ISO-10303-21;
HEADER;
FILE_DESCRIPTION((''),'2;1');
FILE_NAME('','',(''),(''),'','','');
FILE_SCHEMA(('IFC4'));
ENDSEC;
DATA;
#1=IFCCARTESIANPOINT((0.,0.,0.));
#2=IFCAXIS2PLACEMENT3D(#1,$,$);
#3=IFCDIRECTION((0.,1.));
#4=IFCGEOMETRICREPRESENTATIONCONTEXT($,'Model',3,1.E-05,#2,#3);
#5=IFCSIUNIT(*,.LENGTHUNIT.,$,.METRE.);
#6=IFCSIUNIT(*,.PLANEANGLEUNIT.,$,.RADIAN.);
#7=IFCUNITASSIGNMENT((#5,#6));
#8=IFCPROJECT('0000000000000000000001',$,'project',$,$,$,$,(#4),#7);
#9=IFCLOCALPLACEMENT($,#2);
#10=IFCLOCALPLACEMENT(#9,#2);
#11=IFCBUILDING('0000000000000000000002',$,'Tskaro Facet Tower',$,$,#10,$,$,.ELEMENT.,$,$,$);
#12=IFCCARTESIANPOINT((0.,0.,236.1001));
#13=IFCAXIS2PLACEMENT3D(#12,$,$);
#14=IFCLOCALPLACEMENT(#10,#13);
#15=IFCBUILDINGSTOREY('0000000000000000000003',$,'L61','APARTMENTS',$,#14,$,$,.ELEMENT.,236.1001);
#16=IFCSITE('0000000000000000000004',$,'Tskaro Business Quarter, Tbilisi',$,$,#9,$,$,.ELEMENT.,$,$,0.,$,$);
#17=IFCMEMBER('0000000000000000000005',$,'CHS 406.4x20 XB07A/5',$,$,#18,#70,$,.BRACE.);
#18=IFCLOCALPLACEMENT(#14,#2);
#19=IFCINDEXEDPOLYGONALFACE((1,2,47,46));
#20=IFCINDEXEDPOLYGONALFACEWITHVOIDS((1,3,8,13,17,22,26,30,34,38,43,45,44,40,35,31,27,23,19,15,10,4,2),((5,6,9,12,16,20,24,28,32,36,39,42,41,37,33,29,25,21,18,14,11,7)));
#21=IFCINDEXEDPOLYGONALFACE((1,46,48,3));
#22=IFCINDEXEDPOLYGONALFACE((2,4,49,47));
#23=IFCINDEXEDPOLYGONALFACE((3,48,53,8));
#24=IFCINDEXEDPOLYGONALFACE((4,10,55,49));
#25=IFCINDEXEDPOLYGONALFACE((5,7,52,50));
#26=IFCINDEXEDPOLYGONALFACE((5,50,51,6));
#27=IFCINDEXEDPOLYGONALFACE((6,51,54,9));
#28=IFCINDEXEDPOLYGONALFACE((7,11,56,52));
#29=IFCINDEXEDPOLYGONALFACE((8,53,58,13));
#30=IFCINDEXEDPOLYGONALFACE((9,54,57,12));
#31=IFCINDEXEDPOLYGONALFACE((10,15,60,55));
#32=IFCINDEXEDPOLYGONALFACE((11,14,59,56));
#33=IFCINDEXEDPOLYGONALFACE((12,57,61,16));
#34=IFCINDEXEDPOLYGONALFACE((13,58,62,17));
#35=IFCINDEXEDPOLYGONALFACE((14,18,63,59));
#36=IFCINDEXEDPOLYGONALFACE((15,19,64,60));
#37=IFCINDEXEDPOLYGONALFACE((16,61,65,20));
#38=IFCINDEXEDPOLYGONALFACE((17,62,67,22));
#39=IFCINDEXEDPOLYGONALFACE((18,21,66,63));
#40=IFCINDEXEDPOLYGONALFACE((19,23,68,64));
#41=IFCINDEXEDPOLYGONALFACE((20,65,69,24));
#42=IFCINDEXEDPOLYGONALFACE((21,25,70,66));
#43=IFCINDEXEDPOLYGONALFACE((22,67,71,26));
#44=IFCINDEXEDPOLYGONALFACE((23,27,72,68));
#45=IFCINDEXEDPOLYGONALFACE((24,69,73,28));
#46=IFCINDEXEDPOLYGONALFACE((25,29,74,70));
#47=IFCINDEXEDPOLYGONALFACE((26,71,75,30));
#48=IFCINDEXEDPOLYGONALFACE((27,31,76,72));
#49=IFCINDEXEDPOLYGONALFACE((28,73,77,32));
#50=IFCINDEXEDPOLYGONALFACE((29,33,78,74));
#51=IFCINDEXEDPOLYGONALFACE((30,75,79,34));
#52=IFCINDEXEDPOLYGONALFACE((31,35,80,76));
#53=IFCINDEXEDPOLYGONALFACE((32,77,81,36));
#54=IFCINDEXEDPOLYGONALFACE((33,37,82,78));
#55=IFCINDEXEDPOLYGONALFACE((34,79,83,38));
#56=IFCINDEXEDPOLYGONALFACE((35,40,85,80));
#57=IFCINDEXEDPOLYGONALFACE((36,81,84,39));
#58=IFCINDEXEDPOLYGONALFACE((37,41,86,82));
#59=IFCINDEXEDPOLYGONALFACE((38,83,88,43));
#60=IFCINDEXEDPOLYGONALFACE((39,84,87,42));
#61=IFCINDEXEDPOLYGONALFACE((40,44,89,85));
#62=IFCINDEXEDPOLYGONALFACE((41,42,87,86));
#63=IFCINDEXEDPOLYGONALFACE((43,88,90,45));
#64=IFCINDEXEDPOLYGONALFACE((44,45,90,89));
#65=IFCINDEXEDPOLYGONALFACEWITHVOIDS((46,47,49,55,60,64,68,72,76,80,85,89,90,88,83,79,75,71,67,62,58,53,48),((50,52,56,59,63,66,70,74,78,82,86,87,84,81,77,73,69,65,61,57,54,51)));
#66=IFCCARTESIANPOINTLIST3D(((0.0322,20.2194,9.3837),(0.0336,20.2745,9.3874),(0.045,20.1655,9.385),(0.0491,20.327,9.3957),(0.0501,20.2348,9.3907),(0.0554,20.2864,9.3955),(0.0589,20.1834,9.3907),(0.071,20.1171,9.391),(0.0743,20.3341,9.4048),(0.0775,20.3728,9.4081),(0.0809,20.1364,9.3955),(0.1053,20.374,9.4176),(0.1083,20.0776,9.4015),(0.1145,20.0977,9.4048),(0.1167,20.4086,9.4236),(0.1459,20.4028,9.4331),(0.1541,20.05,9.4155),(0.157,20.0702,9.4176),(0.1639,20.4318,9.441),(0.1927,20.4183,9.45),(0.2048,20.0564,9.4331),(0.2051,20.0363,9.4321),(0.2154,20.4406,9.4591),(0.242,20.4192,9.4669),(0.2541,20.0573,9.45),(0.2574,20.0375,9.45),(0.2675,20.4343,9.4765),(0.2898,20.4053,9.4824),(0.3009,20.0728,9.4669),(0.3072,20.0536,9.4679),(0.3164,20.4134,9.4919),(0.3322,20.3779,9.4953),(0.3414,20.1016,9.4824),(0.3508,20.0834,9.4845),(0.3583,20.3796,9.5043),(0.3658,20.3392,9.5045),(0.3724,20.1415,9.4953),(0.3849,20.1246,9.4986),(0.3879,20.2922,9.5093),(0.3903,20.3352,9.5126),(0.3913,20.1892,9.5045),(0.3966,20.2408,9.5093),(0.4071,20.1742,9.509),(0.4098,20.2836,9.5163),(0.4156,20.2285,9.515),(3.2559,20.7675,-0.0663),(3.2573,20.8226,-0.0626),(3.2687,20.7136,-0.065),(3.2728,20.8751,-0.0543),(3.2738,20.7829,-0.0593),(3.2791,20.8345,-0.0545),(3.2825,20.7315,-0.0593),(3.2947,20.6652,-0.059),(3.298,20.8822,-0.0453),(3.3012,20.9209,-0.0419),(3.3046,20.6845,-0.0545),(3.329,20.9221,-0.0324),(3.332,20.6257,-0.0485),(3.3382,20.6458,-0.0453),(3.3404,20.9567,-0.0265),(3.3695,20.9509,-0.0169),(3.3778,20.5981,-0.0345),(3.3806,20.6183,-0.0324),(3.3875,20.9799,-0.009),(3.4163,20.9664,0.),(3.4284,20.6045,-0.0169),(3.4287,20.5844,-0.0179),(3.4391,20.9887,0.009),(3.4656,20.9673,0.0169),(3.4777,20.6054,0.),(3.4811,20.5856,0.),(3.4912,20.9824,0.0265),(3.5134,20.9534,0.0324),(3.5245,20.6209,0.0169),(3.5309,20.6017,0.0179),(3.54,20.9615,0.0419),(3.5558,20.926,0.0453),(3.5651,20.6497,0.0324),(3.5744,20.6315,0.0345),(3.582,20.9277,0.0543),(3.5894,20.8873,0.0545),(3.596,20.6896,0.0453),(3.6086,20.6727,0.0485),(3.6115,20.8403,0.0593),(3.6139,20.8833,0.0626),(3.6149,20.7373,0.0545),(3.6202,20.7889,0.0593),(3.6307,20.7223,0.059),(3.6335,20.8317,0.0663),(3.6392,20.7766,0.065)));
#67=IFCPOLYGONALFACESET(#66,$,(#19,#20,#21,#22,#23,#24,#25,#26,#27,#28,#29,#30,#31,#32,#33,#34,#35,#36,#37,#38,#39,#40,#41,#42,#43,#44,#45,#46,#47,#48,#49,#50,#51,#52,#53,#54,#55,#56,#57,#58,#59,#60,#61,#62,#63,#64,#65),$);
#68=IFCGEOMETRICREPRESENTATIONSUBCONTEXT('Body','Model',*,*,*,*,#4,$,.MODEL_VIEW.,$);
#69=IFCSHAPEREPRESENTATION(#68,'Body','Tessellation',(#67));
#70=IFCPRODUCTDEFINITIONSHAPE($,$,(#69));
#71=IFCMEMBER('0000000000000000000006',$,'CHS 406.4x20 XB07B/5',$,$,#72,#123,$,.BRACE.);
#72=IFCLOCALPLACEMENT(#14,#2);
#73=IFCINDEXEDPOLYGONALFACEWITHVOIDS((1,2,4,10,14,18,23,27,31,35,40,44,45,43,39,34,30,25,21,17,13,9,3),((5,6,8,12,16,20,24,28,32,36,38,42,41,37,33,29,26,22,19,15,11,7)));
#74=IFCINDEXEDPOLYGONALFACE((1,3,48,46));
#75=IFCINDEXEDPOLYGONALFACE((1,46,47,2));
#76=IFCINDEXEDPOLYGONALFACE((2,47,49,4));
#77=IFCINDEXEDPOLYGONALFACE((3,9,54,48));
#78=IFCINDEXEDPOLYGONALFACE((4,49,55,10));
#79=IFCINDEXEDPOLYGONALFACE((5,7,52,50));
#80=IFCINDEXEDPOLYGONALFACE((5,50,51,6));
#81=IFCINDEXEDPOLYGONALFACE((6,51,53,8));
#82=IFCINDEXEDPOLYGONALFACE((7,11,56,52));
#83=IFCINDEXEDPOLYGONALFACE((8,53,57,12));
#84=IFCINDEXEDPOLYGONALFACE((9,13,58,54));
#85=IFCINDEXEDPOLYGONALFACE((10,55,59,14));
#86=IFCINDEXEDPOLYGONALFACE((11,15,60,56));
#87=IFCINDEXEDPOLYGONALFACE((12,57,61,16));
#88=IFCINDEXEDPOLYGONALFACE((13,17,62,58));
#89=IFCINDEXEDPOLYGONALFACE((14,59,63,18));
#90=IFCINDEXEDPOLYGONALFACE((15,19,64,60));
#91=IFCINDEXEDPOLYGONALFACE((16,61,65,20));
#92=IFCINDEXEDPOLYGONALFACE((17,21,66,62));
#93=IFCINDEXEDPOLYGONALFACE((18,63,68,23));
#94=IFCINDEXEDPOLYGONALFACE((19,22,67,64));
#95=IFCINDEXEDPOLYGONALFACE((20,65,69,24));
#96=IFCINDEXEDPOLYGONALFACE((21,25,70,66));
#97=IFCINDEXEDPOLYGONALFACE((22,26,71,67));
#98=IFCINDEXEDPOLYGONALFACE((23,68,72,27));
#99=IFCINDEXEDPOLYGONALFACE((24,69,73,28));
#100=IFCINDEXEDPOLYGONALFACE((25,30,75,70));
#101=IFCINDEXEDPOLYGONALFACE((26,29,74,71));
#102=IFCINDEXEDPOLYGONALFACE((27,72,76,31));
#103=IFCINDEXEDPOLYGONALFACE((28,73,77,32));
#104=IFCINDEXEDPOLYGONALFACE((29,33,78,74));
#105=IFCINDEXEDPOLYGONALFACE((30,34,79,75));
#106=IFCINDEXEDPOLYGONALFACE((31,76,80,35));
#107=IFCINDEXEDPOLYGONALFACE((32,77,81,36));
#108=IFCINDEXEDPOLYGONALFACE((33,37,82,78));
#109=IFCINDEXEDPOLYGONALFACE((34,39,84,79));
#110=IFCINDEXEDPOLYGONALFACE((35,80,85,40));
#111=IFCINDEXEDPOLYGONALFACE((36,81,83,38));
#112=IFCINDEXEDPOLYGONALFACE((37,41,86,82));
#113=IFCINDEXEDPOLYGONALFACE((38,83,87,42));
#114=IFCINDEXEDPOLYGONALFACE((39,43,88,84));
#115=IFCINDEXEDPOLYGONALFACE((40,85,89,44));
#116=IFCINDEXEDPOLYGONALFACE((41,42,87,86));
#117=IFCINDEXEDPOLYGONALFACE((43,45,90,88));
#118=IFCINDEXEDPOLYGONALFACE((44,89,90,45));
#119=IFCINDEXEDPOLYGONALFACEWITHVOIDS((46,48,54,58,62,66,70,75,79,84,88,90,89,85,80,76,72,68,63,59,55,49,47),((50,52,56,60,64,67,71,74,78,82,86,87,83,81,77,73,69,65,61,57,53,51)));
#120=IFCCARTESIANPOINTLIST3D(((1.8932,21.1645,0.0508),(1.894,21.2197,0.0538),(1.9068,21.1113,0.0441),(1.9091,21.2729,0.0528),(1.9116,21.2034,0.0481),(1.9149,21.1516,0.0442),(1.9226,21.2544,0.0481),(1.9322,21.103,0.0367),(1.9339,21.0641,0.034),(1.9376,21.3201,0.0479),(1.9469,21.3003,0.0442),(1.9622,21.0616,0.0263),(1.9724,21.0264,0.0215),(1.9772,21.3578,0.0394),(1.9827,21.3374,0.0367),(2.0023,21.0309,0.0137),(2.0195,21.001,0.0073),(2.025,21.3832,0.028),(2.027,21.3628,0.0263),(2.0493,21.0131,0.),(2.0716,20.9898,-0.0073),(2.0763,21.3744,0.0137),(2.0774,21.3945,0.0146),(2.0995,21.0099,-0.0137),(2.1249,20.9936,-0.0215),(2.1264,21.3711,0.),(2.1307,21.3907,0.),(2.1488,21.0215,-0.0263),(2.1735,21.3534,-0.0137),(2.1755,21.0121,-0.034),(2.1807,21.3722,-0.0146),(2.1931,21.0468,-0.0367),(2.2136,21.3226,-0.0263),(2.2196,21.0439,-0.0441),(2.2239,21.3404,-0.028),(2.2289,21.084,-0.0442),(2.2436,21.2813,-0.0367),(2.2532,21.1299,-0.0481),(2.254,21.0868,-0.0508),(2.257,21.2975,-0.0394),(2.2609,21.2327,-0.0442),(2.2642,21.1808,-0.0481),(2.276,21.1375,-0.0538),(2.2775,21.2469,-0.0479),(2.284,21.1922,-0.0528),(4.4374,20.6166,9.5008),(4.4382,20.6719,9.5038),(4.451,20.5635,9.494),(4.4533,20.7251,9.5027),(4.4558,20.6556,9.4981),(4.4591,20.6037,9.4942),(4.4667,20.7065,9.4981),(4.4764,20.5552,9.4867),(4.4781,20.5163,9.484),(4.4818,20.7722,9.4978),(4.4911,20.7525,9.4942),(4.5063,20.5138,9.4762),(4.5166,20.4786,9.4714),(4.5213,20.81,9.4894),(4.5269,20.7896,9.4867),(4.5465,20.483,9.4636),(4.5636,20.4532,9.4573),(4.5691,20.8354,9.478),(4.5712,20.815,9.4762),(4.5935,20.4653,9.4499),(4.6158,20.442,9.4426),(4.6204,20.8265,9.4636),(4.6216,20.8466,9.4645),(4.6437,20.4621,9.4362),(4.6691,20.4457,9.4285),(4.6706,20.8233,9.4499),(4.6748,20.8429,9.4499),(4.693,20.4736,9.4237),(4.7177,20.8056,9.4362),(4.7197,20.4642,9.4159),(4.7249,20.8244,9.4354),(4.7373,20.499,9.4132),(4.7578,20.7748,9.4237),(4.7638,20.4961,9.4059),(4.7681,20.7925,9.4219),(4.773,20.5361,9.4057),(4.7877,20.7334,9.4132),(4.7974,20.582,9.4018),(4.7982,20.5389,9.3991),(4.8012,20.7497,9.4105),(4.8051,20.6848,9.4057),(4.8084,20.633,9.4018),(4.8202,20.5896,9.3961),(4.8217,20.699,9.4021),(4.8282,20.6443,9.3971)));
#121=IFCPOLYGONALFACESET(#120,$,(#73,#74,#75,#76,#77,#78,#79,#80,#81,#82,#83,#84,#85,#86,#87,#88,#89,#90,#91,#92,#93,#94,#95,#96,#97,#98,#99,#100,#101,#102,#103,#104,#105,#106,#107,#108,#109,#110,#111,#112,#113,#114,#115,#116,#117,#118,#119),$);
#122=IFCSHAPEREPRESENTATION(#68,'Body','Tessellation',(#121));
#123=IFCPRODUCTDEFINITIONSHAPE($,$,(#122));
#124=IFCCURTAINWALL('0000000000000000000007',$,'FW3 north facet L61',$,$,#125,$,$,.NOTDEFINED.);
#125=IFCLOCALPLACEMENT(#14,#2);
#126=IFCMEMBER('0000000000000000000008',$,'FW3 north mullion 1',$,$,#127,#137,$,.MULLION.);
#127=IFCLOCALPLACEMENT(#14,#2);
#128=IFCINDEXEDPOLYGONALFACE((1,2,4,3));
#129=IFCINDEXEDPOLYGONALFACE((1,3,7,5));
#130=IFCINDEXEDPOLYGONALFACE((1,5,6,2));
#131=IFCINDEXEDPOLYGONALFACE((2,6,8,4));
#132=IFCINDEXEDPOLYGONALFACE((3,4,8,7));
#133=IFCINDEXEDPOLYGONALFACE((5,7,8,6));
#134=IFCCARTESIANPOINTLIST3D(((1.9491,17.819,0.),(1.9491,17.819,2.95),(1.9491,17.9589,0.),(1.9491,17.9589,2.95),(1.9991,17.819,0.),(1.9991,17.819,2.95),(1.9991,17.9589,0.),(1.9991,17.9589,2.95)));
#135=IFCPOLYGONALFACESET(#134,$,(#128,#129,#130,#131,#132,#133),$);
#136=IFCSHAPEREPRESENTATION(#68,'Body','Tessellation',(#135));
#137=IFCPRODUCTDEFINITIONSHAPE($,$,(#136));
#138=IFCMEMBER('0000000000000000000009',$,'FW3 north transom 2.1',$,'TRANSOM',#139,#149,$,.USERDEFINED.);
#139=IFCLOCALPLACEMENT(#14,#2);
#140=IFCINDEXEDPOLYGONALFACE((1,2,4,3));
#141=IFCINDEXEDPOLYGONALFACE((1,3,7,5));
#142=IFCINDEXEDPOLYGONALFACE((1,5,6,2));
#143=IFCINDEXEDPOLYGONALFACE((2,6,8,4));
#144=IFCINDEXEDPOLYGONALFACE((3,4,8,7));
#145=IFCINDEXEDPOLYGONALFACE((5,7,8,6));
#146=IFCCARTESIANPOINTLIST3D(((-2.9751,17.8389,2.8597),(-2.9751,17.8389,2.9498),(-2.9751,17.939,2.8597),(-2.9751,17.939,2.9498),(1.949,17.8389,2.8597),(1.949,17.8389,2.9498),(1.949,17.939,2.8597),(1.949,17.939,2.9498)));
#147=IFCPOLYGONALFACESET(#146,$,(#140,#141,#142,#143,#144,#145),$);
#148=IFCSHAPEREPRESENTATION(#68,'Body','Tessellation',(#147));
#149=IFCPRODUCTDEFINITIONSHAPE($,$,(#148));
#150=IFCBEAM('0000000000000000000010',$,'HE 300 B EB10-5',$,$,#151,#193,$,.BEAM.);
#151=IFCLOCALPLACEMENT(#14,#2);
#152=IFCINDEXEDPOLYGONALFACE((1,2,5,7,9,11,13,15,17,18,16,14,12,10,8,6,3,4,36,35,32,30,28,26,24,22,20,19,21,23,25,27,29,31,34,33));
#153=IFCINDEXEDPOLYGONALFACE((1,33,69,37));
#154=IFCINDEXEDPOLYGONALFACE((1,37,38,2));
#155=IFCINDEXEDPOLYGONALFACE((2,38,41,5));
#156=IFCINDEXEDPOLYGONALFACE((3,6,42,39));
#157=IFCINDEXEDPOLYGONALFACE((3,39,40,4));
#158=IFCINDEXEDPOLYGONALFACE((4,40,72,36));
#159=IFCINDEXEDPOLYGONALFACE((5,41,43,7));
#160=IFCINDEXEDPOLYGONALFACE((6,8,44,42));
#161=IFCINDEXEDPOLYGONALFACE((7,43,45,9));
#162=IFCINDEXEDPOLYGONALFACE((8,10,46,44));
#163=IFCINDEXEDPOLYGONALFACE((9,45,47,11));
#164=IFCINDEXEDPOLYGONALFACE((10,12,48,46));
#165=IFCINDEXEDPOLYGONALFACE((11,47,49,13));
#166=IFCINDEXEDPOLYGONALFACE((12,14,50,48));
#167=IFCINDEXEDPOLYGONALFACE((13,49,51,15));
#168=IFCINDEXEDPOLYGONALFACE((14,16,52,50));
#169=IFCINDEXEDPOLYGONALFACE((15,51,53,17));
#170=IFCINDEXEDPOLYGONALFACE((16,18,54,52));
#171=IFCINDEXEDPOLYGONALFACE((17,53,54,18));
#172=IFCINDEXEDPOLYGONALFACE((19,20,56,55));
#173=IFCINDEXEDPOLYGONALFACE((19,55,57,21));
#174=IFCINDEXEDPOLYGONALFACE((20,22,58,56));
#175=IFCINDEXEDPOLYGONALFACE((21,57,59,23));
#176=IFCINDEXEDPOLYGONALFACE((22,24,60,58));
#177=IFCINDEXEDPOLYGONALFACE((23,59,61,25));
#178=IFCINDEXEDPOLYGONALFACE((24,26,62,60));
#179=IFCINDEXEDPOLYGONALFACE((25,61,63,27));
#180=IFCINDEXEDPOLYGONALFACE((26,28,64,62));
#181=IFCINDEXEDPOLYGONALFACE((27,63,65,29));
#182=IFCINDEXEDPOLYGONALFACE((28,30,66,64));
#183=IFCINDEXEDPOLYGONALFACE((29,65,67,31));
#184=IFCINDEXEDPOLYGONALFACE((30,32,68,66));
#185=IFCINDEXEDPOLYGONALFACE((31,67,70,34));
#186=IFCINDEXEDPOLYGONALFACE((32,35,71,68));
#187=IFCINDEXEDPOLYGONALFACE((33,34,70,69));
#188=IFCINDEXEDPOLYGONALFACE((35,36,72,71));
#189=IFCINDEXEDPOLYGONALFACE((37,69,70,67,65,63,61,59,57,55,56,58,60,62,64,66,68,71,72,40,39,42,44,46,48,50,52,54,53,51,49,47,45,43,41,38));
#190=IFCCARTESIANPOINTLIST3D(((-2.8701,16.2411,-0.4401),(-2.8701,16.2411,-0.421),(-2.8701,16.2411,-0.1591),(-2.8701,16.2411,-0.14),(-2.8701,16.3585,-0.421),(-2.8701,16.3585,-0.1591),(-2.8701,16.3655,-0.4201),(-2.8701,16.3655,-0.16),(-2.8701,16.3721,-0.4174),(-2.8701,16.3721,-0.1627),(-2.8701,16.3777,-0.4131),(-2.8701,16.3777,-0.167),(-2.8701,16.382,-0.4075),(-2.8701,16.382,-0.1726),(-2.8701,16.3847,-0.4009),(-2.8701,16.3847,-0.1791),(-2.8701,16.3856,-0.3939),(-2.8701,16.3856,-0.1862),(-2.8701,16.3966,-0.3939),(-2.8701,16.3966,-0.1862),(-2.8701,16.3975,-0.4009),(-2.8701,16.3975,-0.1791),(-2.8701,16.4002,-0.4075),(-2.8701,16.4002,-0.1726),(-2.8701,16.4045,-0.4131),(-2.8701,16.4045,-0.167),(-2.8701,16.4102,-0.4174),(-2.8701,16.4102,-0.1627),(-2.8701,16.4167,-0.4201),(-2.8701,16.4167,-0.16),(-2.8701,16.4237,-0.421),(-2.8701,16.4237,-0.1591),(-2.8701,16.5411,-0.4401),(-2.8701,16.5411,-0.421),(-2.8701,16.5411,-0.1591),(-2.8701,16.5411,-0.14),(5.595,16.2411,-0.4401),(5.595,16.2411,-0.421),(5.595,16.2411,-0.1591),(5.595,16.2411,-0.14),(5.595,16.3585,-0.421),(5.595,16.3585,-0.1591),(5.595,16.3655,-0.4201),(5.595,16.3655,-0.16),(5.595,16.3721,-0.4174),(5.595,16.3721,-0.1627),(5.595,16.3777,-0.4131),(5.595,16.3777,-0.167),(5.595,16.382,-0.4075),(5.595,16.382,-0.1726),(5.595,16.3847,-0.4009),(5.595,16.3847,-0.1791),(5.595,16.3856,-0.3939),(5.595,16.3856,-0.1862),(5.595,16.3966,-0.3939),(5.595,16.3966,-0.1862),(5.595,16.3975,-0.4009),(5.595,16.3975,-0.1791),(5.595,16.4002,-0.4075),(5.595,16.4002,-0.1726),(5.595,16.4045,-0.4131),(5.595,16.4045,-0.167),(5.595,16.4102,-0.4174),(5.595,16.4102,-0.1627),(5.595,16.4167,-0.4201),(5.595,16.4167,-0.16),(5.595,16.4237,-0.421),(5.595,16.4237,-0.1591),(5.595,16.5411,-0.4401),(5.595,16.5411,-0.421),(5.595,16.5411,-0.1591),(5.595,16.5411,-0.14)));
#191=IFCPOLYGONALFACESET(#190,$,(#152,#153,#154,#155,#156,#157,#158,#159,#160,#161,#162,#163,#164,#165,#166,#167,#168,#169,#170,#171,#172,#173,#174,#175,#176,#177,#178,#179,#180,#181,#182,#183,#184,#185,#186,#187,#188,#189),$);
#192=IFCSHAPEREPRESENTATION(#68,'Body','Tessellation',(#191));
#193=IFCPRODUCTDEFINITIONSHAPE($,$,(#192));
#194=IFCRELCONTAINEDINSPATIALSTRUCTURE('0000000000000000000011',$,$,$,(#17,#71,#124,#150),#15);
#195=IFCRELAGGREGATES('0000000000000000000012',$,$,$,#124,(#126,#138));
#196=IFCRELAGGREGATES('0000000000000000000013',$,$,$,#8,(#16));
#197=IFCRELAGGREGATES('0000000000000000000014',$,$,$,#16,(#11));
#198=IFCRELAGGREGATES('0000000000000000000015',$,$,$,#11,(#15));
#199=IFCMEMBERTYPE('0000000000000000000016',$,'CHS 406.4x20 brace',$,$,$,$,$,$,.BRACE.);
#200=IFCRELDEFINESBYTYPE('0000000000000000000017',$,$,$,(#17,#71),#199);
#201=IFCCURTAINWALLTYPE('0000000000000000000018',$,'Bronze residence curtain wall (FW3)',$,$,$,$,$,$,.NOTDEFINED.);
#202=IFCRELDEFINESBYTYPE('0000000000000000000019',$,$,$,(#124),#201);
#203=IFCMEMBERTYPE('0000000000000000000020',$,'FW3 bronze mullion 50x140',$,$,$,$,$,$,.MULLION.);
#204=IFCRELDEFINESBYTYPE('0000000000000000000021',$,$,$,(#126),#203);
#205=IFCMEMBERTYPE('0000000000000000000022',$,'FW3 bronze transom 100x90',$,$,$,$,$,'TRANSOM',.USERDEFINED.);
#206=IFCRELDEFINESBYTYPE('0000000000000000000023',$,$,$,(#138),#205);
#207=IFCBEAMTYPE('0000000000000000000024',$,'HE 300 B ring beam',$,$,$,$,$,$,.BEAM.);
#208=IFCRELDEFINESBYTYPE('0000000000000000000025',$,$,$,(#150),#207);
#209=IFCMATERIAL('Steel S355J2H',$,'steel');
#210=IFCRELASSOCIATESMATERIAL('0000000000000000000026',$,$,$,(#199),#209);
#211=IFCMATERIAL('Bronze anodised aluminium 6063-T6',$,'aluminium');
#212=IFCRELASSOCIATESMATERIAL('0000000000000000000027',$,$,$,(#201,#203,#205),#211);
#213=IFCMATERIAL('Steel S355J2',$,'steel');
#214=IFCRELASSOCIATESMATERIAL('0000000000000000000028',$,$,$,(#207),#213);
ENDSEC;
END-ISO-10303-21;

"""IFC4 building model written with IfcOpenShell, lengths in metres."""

from ifc_helpers import new_model, si_unit, direction, frame, origin, origin_2d, place, context, subcontext, project, spatial, rectangle, hollow_circle, i_section, extrude, material, material_profile, profile_set, type_object, element, aggregate, save


model = new_model("IFC4")

# Units and contexts
model_context = context("Model", 3, precision=1e-05, world=origin(), true_north=direction((0.0, 1.0)))
body_context = subcontext(model_context, "Body", "Model", "MODEL_VIEW")
ifc_project = project(units=[si_unit("LENGTHUNIT", "METRE"), si_unit("PLANEANGLEUNIT", "RADIAN")], contexts=[model_context])

# Site, building, storey
site_placement = place(None, origin())
site = spatial("IfcSite", under=ifc_project, at=site_placement, Name="Tskaro Business Quarter, Tbilisi", CompositionType="ELEMENT", RefElevation=0.0)
building_placement = place(site_placement, origin())
building = spatial("IfcBuilding", under=site, at=building_placement, Name="Tskaro Facet Tower", CompositionType="ELEMENT")
storey_placement = place(building_placement, frame((0.0, 0.0, 236.1001)))
storey = spatial("IfcBuildingStorey", under=building, at=storey_placement, Name="L61", Description="APARTMENTS", CompositionType="ELEMENT", Elevation=236.1001)

# Members
ifc_material_1 = material(Name="Steel S355J2H", Category="steel")
ifc_material_profile_1 = material_profile(ifc_material_1, hollow_circle(Radius=0.2031, WallThickness=0.02, at=origin_2d()), Name="CHS 406.4x20")
ifc_profile_set_1 = profile_set([ifc_material_profile_1], Name="Steel S355J2H")
member_type_1 = type_object("IfcMemberType", Name="CHS 406.4x20 brace", PredefinedType="BRACE", material=ifc_profile_set_1)
member_1_placement = place(storey_placement, frame((3.447, 20.7859, 0.0), z_axis=(-0.322373, -0.054811, 0.945024), x_axis=(0.167619, -0.985852, 0.0)))
element("IfcMember", 1, at=member_1_placement, inside=storey, type_object=member_type_1, Name="CHS 406.4x20 XB07A/5", PredefinedType="BRACE", context=body_context, shape_type="SweptSolid", body=[
    extrude(hollow_circle(Radius=0.2031, WallThickness=0.02, at=origin_2d()), origin(), (0.0, 0.0, 1.0), 9.9998),
])
member_2_placement = place(storey_placement, frame((2.0879, 21.1921, 0.0), z_axis=(0.259564, -0.055893, 0.964107), x_axis=(0.210509, 0.977592, 0.0)))
element("IfcMember", 2, at=member_2_placement, inside=storey, type_object=member_type_1, Name="CHS 406.4x20 XB07B/5", PredefinedType="BRACE", context=body_context, shape_type="SweptSolid", body=[
    extrude(hollow_circle(Radius=0.2031, WallThickness=0.02, at=origin_2d()), origin(), (0.0, 0.0, 1.0), 9.8018),
])

# Curtain wall, members
ifc_material_2 = material(Name="Bronze anodised aluminium 6063-T6", Category="aluminium")
curtain_wall_type = type_object("IfcCurtainWallType", Name="Bronze residence curtain wall (FW3)", PredefinedType="NOTDEFINED", material=ifc_material_2)
curtain_wall_placement = place(storey_placement, origin())
curtain_wall = element("IfcCurtainWall", 3, at=curtain_wall_placement, inside=storey, type_object=curtain_wall_type, Name="FW3 north facet L61", PredefinedType="NOTDEFINED")
ifc_material_profile_2 = material_profile(ifc_material_2, rectangle(XDim=0.05, YDim=0.1399, at=origin_2d()), Name="Mullion 50x140")
ifc_profile_set_2 = profile_set([ifc_material_profile_2], Name="Bronze anodised aluminium 6063-T6")
member_type_2 = type_object("IfcMemberType", Name="FW3 bronze mullion 50x140", PredefinedType="MULLION", material=ifc_profile_set_2)
member_3_placement = place(storey_placement, frame((1.9741, 17.8889, 0.0), z_axis=(0.0, 0.0, 1.0), x_axis=(-1.0, 0.0, 0.0)))
member_3 = element("IfcMember", 4, at=member_3_placement, type_object=member_type_2, Name="FW3 north mullion 1", PredefinedType="MULLION", context=body_context, shape_type="SweptSolid", body=[
    extrude(rectangle(XDim=0.05, YDim=0.1399, at=origin_2d()), origin(), (0.0, 0.0, 1.0), 2.95),
])
ifc_material_profile_3 = material_profile(ifc_material_2, rectangle(XDim=0.1001, YDim=0.0901, at=origin_2d()), Name="Transom 100x90")
ifc_profile_set_3 = profile_set([ifc_material_profile_3], Name="Bronze anodised aluminium 6063-T6")
member_type_3 = type_object("IfcMemberType", Name="FW3 bronze transom 100x90", ElementType="TRANSOM", PredefinedType="USERDEFINED", material=ifc_profile_set_3)
member_4_placement = place(storey_placement, frame((1.949, 17.8889, 2.9048), z_axis=(-1.0, 0.0, 0.0), x_axis=(0.0, -1.0, 0.0)))
member_4 = element("IfcMember", 5, at=member_4_placement, type_object=member_type_3, Name="FW3 north transom 2.1", ObjectType="TRANSOM", PredefinedType="USERDEFINED", context=body_context, shape_type="SweptSolid", body=[
    extrude(rectangle(XDim=0.1001, YDim=0.0901, at=origin_2d()), origin(), (0.0, 0.0, 1.0), 4.9241),
])

# Beam
ifc_material_3 = material(Name="Steel S355J2", Category="steel")
ifc_material_profile_4 = material_profile(ifc_material_3, i_section(OverallWidth=0.3, OverallDepth=0.3, WebThickness=0.011, FlangeThickness=0.019, FilletRadius=0.0271, at=origin_2d()), Name="HE 300 B")
ifc_profile_set_4 = profile_set([ifc_material_profile_4], Name="Steel S355J2")
beam_type_1 = type_object("IfcBeamType", Name="HE 300 B ring beam", PredefinedType="BEAM", material=ifc_profile_set_4)
beam_1_placement = place(storey_placement, frame((5.595, 16.3911, -0.29), z_axis=(-1.0, 0.0, 0.0), x_axis=(0.0, -1.0, 0.0)))
element("IfcBeam", 6, at=beam_1_placement, inside=storey, type_object=beam_type_1, Name="HE 300 B EB10-5", PredefinedType="BEAM", context=body_context, shape_type="SweptSolid", body=[
    extrude(i_section(OverallWidth=0.3, OverallDepth=0.3, WebThickness=0.011, FlangeThickness=0.019, FilletRadius=0.0271, at=origin_2d()), origin(), (0.0, 0.0, 1.0), 8.4651),
])

aggregate(curtain_wall, [member_3, member_4])

save(model, "model.ifc")
